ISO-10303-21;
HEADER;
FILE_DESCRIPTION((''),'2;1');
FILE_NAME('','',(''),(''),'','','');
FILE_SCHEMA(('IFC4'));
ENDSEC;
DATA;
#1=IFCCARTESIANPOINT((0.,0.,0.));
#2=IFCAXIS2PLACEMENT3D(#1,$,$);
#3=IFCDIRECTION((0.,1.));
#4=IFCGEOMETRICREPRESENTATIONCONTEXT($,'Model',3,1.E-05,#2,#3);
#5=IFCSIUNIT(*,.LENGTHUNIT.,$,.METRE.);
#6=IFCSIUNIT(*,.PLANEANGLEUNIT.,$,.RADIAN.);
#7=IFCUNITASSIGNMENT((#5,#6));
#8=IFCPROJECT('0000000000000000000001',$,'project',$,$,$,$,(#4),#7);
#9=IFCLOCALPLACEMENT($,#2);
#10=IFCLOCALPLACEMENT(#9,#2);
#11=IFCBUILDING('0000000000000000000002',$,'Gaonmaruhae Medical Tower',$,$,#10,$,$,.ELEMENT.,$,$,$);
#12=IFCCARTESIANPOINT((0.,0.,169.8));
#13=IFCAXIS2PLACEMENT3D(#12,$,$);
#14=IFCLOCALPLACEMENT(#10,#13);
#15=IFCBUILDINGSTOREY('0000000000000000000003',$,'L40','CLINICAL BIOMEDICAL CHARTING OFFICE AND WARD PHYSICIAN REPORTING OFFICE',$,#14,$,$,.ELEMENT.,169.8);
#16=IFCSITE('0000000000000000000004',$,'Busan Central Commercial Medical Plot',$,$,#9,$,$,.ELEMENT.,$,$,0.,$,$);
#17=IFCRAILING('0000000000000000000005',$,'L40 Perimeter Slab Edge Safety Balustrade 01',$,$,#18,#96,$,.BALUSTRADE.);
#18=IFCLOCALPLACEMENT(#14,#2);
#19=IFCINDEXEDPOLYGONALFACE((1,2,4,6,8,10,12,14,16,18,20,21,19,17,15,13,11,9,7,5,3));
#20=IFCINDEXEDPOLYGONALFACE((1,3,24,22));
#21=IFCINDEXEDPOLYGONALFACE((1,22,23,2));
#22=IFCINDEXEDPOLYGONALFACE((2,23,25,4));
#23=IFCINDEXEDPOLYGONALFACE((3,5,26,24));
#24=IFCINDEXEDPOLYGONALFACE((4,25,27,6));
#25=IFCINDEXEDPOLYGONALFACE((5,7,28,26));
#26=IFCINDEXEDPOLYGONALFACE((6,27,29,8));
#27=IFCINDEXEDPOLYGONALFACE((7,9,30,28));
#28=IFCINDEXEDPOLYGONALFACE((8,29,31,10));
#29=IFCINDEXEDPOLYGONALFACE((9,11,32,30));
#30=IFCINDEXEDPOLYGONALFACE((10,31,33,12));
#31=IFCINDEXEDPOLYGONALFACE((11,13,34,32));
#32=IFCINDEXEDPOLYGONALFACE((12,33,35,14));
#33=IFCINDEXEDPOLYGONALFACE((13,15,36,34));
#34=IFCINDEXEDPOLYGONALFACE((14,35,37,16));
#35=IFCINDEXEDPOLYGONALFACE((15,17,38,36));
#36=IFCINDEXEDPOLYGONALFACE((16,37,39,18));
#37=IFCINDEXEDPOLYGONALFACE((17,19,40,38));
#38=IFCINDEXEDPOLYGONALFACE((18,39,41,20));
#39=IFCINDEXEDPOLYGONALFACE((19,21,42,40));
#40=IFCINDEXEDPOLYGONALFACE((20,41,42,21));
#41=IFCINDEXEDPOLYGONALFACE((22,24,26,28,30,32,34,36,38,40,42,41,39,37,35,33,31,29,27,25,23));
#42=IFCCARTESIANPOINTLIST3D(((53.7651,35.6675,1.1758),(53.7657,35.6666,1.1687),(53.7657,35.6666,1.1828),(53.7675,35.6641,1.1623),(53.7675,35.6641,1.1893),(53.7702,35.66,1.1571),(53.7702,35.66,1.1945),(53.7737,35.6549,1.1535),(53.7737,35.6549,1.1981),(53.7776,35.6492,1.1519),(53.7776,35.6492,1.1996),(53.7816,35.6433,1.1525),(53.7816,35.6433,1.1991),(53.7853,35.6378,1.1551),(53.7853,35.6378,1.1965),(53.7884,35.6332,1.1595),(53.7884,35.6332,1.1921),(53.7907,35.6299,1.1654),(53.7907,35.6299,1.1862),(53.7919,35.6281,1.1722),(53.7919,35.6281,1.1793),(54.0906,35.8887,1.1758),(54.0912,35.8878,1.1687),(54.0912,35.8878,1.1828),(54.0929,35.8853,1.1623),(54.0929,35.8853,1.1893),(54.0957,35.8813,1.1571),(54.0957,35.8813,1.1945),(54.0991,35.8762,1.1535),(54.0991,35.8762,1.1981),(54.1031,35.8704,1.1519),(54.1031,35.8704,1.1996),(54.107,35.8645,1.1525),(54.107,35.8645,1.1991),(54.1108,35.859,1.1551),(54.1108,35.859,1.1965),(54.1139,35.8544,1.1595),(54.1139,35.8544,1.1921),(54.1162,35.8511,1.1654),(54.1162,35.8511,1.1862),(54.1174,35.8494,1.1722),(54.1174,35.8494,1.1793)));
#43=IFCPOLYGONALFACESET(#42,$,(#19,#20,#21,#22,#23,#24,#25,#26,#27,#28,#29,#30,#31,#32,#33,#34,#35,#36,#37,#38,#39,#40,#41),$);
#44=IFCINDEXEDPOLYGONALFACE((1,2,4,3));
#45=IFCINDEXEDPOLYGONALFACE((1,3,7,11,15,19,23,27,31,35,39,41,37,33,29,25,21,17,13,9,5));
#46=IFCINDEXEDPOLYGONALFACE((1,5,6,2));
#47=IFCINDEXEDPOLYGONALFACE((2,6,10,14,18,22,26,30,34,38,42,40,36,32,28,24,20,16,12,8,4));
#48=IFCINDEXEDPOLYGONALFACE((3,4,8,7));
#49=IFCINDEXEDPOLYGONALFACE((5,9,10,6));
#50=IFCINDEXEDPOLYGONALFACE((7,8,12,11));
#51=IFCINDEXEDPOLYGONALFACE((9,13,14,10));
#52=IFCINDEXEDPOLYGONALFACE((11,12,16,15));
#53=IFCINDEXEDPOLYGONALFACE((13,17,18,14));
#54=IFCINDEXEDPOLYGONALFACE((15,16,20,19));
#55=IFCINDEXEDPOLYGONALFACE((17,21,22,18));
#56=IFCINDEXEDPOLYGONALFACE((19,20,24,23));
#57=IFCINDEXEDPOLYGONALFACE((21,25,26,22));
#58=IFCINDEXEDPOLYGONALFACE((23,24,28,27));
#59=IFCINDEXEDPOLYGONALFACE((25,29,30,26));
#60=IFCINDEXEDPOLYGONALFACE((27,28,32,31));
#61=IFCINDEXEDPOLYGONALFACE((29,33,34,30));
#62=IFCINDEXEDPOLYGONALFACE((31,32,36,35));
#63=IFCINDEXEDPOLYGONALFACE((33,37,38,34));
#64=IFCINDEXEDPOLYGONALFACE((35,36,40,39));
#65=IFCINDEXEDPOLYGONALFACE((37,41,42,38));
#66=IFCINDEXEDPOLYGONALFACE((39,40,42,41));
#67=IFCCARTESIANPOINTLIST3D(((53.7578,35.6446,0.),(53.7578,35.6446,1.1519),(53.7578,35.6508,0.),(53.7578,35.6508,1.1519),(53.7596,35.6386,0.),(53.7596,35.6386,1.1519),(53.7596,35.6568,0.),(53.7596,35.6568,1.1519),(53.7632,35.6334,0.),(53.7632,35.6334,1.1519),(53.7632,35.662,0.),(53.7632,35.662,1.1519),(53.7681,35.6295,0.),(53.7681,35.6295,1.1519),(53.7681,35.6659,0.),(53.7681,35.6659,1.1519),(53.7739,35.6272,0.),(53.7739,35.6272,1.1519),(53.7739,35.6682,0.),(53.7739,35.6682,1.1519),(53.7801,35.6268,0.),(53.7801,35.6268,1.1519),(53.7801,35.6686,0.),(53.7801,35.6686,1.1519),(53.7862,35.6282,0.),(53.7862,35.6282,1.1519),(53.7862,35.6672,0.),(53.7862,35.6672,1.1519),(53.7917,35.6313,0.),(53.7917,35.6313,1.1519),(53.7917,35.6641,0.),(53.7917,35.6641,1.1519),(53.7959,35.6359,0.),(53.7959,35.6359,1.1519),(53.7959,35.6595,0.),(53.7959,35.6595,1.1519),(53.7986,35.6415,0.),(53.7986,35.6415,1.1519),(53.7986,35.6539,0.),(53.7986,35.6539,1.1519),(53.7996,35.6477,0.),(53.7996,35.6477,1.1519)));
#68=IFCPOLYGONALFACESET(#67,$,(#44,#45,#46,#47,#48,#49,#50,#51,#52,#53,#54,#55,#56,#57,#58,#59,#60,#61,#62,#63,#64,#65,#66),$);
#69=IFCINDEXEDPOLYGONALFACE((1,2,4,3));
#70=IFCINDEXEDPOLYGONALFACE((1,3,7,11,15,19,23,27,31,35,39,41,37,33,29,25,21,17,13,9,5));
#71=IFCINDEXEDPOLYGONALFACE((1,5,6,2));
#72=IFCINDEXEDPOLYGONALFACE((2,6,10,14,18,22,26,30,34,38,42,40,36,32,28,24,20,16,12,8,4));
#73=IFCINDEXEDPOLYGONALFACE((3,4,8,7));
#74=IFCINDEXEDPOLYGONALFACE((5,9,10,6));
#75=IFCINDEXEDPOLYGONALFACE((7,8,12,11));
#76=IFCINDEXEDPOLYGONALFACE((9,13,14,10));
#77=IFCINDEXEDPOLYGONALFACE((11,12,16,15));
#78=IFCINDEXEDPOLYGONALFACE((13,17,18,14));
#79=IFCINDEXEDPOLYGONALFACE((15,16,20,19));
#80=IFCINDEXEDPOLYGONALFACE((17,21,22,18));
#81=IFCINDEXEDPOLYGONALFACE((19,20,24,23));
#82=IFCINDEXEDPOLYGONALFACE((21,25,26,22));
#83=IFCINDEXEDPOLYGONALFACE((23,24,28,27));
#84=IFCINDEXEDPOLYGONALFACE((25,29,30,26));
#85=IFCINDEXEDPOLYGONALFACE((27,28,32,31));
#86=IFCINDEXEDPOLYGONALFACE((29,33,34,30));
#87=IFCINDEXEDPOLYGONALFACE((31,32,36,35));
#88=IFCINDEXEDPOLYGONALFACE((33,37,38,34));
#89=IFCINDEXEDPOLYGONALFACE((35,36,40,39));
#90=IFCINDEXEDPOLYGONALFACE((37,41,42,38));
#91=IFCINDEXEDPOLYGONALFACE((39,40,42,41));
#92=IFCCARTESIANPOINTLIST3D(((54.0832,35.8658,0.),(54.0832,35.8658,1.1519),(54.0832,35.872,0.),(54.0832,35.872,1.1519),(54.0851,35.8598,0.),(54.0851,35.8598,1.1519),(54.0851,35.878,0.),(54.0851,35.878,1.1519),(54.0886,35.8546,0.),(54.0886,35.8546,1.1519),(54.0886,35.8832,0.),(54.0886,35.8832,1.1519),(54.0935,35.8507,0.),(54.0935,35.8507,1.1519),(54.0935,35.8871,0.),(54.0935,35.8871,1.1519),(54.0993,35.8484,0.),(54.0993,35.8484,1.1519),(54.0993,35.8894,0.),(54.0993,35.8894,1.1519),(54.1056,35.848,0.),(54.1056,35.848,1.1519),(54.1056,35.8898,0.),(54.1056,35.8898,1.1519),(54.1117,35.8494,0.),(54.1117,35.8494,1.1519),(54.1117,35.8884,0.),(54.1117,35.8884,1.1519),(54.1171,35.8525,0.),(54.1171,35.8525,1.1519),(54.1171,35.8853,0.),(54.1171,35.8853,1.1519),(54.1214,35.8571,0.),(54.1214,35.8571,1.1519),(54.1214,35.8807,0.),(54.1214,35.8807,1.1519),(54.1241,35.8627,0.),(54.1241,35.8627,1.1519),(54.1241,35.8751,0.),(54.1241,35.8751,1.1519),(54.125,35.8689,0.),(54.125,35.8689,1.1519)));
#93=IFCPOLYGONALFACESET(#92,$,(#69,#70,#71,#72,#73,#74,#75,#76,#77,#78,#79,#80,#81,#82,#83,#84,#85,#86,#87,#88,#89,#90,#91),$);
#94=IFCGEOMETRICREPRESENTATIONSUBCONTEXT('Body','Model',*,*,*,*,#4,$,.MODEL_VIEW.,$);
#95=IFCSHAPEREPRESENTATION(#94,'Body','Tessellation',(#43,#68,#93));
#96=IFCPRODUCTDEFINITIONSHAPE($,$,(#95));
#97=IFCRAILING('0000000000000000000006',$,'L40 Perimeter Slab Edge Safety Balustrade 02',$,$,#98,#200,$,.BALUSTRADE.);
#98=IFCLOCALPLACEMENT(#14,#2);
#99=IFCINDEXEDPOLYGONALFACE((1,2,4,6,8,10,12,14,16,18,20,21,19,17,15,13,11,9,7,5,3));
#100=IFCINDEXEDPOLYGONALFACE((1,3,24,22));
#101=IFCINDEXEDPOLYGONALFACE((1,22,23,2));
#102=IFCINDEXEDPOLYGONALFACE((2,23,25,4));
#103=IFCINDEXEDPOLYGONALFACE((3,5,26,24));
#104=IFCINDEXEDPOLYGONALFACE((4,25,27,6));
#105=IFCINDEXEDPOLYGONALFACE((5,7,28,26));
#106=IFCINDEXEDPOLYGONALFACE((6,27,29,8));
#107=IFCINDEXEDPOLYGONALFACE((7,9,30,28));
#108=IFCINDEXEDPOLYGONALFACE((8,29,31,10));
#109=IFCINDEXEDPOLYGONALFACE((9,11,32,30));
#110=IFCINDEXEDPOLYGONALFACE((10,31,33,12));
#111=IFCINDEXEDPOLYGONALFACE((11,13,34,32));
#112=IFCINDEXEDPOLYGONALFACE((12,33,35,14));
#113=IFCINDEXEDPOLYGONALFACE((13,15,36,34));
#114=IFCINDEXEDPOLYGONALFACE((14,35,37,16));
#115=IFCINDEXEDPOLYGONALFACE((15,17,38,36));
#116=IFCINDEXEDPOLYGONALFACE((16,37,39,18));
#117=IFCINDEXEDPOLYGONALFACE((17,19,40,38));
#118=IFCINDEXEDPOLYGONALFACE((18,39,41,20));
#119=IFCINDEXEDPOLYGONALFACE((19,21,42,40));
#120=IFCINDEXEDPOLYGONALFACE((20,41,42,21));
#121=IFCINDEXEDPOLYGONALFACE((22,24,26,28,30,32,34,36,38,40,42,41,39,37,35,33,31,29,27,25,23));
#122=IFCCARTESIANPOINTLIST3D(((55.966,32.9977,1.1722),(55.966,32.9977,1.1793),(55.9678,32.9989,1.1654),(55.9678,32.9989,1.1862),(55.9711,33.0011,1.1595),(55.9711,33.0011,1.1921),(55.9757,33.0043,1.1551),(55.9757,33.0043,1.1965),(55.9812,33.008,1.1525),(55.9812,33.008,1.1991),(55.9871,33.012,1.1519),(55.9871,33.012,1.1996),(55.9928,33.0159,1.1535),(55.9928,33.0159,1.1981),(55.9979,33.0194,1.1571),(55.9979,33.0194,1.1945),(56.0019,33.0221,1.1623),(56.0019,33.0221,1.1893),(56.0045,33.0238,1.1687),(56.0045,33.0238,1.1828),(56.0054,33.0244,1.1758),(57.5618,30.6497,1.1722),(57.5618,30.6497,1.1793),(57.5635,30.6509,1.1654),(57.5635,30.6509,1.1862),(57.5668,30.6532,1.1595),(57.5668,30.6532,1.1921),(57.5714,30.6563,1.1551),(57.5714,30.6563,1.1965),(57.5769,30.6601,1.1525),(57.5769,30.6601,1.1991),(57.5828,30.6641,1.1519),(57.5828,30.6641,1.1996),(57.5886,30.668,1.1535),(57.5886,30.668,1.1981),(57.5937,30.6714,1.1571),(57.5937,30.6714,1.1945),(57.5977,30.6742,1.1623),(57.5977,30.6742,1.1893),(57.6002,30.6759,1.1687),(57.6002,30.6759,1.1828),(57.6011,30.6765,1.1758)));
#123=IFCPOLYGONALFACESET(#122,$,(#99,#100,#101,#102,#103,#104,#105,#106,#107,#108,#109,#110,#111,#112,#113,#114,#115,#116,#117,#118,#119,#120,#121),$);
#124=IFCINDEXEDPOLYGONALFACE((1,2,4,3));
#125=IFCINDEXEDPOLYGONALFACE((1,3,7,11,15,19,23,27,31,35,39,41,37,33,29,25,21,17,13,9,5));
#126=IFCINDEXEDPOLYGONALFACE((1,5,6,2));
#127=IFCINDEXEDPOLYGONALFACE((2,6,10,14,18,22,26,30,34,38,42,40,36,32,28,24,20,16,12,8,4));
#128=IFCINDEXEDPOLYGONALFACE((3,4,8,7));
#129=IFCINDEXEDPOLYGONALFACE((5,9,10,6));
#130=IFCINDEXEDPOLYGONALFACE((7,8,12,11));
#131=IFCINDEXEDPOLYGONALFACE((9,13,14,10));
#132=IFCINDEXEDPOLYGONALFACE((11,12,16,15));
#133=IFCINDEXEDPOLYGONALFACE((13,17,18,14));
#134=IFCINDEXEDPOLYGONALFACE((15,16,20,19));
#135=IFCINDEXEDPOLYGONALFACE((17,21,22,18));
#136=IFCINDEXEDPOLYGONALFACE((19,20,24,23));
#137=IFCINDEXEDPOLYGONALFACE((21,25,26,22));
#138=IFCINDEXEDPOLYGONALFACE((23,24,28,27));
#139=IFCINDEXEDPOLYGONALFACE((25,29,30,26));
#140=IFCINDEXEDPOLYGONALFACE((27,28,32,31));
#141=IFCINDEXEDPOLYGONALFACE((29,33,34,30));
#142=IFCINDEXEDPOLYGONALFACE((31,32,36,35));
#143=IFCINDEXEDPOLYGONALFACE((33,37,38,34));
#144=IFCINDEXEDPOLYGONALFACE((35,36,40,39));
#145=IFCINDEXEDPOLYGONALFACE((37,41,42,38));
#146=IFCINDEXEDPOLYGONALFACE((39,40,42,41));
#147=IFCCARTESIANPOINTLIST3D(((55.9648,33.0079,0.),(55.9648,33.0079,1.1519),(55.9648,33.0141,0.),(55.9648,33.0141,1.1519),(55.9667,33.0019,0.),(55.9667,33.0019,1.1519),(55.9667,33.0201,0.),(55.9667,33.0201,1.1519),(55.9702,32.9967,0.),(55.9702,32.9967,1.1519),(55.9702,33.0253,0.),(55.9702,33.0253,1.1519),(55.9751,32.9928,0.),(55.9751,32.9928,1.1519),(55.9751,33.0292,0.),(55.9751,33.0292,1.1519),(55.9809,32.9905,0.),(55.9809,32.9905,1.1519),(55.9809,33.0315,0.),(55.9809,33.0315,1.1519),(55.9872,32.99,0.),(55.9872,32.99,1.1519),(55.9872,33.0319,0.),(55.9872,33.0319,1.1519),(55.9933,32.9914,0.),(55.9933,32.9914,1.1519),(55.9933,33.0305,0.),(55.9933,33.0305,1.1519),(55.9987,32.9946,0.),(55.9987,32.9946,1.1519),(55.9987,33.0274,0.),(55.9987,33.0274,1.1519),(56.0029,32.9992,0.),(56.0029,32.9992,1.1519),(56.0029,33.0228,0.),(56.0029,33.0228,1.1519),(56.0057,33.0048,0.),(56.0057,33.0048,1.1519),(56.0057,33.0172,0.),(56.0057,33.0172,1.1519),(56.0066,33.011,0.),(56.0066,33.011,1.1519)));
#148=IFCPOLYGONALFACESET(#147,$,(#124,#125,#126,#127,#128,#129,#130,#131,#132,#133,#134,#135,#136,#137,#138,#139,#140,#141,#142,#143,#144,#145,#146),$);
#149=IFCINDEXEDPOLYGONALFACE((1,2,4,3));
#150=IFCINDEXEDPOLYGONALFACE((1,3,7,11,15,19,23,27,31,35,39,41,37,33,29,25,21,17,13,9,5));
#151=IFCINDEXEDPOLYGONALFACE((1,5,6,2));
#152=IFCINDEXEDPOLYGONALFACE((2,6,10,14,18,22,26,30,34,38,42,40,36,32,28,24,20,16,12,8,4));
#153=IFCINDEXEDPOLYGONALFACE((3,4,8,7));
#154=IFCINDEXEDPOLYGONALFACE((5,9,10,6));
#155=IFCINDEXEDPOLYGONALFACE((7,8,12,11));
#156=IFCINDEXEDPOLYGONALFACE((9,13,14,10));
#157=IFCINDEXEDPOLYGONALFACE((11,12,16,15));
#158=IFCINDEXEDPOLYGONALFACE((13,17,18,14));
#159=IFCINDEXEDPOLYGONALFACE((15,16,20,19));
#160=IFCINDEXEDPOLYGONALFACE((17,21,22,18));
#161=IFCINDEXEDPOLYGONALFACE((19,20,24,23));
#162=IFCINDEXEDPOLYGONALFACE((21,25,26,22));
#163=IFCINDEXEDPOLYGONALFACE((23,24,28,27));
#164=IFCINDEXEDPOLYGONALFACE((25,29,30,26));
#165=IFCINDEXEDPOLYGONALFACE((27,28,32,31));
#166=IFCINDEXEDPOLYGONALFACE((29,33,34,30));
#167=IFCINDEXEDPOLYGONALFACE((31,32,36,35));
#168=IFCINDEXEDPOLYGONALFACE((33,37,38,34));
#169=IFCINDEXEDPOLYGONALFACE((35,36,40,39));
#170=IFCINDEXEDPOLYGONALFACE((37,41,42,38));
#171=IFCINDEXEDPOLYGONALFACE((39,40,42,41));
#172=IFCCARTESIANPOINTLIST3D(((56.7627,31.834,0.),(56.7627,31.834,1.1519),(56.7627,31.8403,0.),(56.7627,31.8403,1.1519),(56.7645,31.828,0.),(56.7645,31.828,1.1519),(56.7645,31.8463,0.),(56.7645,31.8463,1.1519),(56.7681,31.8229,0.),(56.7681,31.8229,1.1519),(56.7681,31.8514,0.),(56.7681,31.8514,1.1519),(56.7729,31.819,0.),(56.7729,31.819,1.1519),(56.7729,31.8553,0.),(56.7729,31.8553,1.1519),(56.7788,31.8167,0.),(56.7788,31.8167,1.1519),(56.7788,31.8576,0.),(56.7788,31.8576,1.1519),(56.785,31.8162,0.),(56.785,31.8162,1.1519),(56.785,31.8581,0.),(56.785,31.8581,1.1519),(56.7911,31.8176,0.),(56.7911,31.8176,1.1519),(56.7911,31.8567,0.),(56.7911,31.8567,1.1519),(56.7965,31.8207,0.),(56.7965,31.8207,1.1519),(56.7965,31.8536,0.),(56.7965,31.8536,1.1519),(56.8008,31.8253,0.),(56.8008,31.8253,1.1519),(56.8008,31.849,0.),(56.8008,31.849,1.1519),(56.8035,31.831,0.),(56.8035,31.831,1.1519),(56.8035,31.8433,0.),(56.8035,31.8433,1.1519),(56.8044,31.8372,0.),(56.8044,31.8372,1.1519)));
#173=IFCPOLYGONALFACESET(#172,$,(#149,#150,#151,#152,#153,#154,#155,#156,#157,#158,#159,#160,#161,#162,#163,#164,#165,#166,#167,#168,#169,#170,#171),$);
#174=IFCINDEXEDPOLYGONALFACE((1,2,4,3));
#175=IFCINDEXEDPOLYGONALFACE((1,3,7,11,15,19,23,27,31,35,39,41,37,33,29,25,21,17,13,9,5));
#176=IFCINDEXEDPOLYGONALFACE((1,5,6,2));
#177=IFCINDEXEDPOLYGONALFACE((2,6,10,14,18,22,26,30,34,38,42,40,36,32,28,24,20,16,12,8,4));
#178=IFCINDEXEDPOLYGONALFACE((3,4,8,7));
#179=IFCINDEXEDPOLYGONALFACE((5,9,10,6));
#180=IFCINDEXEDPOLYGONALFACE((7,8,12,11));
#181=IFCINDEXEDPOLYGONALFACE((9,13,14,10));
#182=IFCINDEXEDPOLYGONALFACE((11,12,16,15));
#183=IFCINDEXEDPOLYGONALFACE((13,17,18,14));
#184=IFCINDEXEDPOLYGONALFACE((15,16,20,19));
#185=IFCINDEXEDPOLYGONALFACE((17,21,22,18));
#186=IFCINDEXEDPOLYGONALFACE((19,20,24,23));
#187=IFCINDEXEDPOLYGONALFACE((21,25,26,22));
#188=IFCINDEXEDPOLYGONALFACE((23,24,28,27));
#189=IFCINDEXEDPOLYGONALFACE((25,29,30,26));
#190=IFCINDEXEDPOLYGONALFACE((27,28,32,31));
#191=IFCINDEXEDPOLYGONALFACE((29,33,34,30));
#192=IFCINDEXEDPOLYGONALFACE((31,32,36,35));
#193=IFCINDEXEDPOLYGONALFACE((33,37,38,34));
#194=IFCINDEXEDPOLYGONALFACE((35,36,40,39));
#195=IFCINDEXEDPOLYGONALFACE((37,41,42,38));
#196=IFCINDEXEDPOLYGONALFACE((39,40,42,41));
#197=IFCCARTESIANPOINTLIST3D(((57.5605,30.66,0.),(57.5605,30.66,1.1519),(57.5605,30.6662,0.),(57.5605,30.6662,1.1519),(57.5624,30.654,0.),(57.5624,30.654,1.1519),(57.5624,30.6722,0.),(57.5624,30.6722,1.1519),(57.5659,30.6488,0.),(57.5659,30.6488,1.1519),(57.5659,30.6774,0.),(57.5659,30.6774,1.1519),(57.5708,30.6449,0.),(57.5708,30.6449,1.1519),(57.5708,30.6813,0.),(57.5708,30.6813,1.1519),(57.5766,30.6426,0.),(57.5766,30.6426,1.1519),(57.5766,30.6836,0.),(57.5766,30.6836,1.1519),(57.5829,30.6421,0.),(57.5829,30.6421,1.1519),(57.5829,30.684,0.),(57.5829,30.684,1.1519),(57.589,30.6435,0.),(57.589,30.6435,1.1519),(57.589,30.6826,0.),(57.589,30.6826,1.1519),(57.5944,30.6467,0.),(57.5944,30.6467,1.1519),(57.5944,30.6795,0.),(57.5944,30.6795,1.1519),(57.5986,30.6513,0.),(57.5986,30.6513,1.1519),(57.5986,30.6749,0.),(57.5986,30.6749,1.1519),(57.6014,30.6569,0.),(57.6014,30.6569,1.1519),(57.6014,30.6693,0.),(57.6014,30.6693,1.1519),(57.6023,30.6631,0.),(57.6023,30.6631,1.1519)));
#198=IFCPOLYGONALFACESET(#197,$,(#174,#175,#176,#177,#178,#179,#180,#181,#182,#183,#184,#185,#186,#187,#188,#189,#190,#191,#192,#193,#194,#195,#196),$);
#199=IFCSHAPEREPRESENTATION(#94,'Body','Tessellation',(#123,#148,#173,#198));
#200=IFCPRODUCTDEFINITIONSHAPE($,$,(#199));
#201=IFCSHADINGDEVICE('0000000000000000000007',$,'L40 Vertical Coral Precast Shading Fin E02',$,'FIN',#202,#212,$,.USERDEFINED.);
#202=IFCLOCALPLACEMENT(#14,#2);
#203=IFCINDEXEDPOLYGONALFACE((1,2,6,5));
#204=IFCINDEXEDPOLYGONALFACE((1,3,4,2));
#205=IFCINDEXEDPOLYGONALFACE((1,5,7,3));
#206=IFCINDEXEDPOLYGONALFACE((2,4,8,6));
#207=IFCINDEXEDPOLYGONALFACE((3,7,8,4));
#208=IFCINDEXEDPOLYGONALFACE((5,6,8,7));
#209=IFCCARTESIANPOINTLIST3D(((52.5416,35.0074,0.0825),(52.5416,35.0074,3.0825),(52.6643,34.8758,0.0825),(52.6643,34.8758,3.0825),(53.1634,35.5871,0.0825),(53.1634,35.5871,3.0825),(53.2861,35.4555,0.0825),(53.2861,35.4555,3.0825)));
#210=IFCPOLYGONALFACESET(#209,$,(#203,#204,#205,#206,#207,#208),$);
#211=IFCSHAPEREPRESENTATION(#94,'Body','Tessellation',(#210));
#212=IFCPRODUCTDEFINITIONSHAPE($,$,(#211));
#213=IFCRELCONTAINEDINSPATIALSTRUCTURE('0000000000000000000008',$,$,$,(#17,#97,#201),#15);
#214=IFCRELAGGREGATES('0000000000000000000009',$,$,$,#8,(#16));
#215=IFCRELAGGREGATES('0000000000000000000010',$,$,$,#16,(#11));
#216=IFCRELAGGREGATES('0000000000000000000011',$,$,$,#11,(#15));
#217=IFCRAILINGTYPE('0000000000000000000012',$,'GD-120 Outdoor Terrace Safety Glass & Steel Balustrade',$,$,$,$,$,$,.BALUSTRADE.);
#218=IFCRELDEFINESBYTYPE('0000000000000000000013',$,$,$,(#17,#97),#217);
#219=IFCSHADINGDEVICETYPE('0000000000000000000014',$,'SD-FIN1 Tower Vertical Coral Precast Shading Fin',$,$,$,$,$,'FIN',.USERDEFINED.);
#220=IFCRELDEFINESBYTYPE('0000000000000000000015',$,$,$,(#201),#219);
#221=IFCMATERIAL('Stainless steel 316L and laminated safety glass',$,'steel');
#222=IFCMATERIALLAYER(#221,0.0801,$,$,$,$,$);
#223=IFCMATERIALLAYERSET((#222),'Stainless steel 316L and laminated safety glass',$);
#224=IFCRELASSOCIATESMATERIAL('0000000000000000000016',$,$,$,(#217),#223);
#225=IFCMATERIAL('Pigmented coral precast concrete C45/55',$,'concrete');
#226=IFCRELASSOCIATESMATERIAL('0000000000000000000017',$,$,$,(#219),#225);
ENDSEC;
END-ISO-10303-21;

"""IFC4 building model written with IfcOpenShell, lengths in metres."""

from ifc_helpers import new_model, si_unit, direction, frame, origin, origin_2d, place, context, subcontext, project, spatial, rectangle, circle, extrude, material, layer, layer_set, type_object, element, save


model = new_model("IFC4")

# Units and contexts
model_context = context("Model", 3, precision=1e-05, world=origin(), true_north=direction((0.0, 1.0)))
body_context = subcontext(model_context, "Body", "Model", "MODEL_VIEW")
ifc_project = project(units=[si_unit("LENGTHUNIT", "METRE"), si_unit("PLANEANGLEUNIT", "RADIAN")], contexts=[model_context])

# Site, building, storey
site_placement = place(None, origin())
site = spatial("IfcSite", under=ifc_project, at=site_placement, Name="Busan Central Commercial Medical Plot", CompositionType="ELEMENT", RefElevation=0.0)
building_placement = place(site_placement, origin())
building = spatial("IfcBuilding", under=site, at=building_placement, Name="Gaonmaruhae Medical Tower", CompositionType="ELEMENT")
storey_placement = place(building_placement, frame((0.0, 0.0, 169.8)))
storey = spatial("IfcBuildingStorey", under=building, at=storey_placement, Name="L40", Description="CLINICAL BIOMEDICAL CHARTING OFFICE AND WARD PHYSICIAN REPORTING OFFICE", CompositionType="ELEMENT", Elevation=169.8)

# Railings
ifc_material_1 = material(Name="Stainless steel 316L and laminated safety glass", Category="steel")
ifc_layer_1 = layer(ifc_material_1, 0.0801)
ifc_layer_set_1 = layer_set([ifc_layer_1], Name="Stainless steel 316L and laminated safety glass")
railing_type = type_object("IfcRailingType", Name="GD-120 Outdoor Terrace Safety Glass & Steel Balustrade", PredefinedType="BALUSTRADE", material=ifc_layer_set_1)
railing_1_placement = place(storey_placement, frame((53.7786, 35.6477, 0.0)))
element("IfcRailing", 1, at=railing_1_placement, inside=storey, type_object=railing_type, Name="L40 Perimeter Slab Edge Safety Balustrade 01", PredefinedType="BALUSTRADE", context=body_context, shape_type="SweptSolid", body=[
    extrude(circle(Radius=0.0239, at=origin_2d()), frame((0.0, 0.0, 1.1758), z_axis=(0.827053, 0.562123, 0.0), x_axis=(-0.562123, 0.827053, 0.0)), (0.0, 0.0, 1.0), 0.3936),
    extrude(circle(Radius=0.021, at=origin_2d()), origin(), (0.0, 0.0, 1.0), 1.1519),
    extrude(circle(Radius=0.021, at=origin_2d()), frame((0.3254, 0.2212, 0.0)), (0.0, 0.0, 1.0), 1.1519),
])
railing_2_placement = place(storey_placement, frame((55.9856, 33.011, 0.0)))
element("IfcRailing", 2, at=railing_2_placement, inside=storey, type_object=railing_type, Name="L40 Perimeter Slab Edge Safety Balustrade 02", PredefinedType="BALUSTRADE", context=body_context, shape_type="SweptSolid", body=[
    extrude(circle(Radius=0.0239, at=origin_2d()), frame((0.0, 0.0, 1.1758), z_axis=(0.562101, -0.827069, 0.0), x_axis=(0.827069, 0.562101, 0.0)), (0.0, 0.0, 1.0), 2.8389),
    extrude(circle(Radius=0.021, at=origin_2d()), origin(), (0.0, 0.0, 1.0), 1.1519),
    extrude(circle(Radius=0.021, at=origin_2d()), frame((0.7979, -1.1738, 0.0)), (0.0, 0.0, 1.0), 1.1519),
    extrude(circle(Radius=0.021, at=origin_2d()), frame((1.5957, -2.3479, 0.0)), (0.0, 0.0, 1.0), 1.1519),
])

# Shading device
ifc_material_2 = material(Name="Pigmented coral precast concrete C45/55", Category="concrete")
shading_device_type = type_object("IfcShadingDeviceType", Name="SD-FIN1 Tower Vertical Coral Precast Shading Fin", ElementType="FIN", PredefinedType="USERDEFINED", material=ifc_material_2)
for number, where, z_axis, x_axis, name in (
    (3, (52.9138, 35.2314, 0.0825), (0.0, 0.0, 1.0), (0.681883, -0.731461, 0.0), "L40 Vertical Coral Precast Shading Fin E02"),
):
    element("IfcShadingDevice", number, at=place(storey_placement, frame(where, z_axis=z_axis, x_axis=x_axis)), inside=storey, type_object=shading_device_type, Name=name, ObjectType="FIN", PredefinedType="USERDEFINED", context=body_context, shape_type="SweptSolid", body=[
        extrude(rectangle(XDim=0.1799, YDim=0.8501, at=origin_2d()), origin(), (0.0, 0.0, 1.0), 3.0),
    ])

save(model, "model.ifc")
